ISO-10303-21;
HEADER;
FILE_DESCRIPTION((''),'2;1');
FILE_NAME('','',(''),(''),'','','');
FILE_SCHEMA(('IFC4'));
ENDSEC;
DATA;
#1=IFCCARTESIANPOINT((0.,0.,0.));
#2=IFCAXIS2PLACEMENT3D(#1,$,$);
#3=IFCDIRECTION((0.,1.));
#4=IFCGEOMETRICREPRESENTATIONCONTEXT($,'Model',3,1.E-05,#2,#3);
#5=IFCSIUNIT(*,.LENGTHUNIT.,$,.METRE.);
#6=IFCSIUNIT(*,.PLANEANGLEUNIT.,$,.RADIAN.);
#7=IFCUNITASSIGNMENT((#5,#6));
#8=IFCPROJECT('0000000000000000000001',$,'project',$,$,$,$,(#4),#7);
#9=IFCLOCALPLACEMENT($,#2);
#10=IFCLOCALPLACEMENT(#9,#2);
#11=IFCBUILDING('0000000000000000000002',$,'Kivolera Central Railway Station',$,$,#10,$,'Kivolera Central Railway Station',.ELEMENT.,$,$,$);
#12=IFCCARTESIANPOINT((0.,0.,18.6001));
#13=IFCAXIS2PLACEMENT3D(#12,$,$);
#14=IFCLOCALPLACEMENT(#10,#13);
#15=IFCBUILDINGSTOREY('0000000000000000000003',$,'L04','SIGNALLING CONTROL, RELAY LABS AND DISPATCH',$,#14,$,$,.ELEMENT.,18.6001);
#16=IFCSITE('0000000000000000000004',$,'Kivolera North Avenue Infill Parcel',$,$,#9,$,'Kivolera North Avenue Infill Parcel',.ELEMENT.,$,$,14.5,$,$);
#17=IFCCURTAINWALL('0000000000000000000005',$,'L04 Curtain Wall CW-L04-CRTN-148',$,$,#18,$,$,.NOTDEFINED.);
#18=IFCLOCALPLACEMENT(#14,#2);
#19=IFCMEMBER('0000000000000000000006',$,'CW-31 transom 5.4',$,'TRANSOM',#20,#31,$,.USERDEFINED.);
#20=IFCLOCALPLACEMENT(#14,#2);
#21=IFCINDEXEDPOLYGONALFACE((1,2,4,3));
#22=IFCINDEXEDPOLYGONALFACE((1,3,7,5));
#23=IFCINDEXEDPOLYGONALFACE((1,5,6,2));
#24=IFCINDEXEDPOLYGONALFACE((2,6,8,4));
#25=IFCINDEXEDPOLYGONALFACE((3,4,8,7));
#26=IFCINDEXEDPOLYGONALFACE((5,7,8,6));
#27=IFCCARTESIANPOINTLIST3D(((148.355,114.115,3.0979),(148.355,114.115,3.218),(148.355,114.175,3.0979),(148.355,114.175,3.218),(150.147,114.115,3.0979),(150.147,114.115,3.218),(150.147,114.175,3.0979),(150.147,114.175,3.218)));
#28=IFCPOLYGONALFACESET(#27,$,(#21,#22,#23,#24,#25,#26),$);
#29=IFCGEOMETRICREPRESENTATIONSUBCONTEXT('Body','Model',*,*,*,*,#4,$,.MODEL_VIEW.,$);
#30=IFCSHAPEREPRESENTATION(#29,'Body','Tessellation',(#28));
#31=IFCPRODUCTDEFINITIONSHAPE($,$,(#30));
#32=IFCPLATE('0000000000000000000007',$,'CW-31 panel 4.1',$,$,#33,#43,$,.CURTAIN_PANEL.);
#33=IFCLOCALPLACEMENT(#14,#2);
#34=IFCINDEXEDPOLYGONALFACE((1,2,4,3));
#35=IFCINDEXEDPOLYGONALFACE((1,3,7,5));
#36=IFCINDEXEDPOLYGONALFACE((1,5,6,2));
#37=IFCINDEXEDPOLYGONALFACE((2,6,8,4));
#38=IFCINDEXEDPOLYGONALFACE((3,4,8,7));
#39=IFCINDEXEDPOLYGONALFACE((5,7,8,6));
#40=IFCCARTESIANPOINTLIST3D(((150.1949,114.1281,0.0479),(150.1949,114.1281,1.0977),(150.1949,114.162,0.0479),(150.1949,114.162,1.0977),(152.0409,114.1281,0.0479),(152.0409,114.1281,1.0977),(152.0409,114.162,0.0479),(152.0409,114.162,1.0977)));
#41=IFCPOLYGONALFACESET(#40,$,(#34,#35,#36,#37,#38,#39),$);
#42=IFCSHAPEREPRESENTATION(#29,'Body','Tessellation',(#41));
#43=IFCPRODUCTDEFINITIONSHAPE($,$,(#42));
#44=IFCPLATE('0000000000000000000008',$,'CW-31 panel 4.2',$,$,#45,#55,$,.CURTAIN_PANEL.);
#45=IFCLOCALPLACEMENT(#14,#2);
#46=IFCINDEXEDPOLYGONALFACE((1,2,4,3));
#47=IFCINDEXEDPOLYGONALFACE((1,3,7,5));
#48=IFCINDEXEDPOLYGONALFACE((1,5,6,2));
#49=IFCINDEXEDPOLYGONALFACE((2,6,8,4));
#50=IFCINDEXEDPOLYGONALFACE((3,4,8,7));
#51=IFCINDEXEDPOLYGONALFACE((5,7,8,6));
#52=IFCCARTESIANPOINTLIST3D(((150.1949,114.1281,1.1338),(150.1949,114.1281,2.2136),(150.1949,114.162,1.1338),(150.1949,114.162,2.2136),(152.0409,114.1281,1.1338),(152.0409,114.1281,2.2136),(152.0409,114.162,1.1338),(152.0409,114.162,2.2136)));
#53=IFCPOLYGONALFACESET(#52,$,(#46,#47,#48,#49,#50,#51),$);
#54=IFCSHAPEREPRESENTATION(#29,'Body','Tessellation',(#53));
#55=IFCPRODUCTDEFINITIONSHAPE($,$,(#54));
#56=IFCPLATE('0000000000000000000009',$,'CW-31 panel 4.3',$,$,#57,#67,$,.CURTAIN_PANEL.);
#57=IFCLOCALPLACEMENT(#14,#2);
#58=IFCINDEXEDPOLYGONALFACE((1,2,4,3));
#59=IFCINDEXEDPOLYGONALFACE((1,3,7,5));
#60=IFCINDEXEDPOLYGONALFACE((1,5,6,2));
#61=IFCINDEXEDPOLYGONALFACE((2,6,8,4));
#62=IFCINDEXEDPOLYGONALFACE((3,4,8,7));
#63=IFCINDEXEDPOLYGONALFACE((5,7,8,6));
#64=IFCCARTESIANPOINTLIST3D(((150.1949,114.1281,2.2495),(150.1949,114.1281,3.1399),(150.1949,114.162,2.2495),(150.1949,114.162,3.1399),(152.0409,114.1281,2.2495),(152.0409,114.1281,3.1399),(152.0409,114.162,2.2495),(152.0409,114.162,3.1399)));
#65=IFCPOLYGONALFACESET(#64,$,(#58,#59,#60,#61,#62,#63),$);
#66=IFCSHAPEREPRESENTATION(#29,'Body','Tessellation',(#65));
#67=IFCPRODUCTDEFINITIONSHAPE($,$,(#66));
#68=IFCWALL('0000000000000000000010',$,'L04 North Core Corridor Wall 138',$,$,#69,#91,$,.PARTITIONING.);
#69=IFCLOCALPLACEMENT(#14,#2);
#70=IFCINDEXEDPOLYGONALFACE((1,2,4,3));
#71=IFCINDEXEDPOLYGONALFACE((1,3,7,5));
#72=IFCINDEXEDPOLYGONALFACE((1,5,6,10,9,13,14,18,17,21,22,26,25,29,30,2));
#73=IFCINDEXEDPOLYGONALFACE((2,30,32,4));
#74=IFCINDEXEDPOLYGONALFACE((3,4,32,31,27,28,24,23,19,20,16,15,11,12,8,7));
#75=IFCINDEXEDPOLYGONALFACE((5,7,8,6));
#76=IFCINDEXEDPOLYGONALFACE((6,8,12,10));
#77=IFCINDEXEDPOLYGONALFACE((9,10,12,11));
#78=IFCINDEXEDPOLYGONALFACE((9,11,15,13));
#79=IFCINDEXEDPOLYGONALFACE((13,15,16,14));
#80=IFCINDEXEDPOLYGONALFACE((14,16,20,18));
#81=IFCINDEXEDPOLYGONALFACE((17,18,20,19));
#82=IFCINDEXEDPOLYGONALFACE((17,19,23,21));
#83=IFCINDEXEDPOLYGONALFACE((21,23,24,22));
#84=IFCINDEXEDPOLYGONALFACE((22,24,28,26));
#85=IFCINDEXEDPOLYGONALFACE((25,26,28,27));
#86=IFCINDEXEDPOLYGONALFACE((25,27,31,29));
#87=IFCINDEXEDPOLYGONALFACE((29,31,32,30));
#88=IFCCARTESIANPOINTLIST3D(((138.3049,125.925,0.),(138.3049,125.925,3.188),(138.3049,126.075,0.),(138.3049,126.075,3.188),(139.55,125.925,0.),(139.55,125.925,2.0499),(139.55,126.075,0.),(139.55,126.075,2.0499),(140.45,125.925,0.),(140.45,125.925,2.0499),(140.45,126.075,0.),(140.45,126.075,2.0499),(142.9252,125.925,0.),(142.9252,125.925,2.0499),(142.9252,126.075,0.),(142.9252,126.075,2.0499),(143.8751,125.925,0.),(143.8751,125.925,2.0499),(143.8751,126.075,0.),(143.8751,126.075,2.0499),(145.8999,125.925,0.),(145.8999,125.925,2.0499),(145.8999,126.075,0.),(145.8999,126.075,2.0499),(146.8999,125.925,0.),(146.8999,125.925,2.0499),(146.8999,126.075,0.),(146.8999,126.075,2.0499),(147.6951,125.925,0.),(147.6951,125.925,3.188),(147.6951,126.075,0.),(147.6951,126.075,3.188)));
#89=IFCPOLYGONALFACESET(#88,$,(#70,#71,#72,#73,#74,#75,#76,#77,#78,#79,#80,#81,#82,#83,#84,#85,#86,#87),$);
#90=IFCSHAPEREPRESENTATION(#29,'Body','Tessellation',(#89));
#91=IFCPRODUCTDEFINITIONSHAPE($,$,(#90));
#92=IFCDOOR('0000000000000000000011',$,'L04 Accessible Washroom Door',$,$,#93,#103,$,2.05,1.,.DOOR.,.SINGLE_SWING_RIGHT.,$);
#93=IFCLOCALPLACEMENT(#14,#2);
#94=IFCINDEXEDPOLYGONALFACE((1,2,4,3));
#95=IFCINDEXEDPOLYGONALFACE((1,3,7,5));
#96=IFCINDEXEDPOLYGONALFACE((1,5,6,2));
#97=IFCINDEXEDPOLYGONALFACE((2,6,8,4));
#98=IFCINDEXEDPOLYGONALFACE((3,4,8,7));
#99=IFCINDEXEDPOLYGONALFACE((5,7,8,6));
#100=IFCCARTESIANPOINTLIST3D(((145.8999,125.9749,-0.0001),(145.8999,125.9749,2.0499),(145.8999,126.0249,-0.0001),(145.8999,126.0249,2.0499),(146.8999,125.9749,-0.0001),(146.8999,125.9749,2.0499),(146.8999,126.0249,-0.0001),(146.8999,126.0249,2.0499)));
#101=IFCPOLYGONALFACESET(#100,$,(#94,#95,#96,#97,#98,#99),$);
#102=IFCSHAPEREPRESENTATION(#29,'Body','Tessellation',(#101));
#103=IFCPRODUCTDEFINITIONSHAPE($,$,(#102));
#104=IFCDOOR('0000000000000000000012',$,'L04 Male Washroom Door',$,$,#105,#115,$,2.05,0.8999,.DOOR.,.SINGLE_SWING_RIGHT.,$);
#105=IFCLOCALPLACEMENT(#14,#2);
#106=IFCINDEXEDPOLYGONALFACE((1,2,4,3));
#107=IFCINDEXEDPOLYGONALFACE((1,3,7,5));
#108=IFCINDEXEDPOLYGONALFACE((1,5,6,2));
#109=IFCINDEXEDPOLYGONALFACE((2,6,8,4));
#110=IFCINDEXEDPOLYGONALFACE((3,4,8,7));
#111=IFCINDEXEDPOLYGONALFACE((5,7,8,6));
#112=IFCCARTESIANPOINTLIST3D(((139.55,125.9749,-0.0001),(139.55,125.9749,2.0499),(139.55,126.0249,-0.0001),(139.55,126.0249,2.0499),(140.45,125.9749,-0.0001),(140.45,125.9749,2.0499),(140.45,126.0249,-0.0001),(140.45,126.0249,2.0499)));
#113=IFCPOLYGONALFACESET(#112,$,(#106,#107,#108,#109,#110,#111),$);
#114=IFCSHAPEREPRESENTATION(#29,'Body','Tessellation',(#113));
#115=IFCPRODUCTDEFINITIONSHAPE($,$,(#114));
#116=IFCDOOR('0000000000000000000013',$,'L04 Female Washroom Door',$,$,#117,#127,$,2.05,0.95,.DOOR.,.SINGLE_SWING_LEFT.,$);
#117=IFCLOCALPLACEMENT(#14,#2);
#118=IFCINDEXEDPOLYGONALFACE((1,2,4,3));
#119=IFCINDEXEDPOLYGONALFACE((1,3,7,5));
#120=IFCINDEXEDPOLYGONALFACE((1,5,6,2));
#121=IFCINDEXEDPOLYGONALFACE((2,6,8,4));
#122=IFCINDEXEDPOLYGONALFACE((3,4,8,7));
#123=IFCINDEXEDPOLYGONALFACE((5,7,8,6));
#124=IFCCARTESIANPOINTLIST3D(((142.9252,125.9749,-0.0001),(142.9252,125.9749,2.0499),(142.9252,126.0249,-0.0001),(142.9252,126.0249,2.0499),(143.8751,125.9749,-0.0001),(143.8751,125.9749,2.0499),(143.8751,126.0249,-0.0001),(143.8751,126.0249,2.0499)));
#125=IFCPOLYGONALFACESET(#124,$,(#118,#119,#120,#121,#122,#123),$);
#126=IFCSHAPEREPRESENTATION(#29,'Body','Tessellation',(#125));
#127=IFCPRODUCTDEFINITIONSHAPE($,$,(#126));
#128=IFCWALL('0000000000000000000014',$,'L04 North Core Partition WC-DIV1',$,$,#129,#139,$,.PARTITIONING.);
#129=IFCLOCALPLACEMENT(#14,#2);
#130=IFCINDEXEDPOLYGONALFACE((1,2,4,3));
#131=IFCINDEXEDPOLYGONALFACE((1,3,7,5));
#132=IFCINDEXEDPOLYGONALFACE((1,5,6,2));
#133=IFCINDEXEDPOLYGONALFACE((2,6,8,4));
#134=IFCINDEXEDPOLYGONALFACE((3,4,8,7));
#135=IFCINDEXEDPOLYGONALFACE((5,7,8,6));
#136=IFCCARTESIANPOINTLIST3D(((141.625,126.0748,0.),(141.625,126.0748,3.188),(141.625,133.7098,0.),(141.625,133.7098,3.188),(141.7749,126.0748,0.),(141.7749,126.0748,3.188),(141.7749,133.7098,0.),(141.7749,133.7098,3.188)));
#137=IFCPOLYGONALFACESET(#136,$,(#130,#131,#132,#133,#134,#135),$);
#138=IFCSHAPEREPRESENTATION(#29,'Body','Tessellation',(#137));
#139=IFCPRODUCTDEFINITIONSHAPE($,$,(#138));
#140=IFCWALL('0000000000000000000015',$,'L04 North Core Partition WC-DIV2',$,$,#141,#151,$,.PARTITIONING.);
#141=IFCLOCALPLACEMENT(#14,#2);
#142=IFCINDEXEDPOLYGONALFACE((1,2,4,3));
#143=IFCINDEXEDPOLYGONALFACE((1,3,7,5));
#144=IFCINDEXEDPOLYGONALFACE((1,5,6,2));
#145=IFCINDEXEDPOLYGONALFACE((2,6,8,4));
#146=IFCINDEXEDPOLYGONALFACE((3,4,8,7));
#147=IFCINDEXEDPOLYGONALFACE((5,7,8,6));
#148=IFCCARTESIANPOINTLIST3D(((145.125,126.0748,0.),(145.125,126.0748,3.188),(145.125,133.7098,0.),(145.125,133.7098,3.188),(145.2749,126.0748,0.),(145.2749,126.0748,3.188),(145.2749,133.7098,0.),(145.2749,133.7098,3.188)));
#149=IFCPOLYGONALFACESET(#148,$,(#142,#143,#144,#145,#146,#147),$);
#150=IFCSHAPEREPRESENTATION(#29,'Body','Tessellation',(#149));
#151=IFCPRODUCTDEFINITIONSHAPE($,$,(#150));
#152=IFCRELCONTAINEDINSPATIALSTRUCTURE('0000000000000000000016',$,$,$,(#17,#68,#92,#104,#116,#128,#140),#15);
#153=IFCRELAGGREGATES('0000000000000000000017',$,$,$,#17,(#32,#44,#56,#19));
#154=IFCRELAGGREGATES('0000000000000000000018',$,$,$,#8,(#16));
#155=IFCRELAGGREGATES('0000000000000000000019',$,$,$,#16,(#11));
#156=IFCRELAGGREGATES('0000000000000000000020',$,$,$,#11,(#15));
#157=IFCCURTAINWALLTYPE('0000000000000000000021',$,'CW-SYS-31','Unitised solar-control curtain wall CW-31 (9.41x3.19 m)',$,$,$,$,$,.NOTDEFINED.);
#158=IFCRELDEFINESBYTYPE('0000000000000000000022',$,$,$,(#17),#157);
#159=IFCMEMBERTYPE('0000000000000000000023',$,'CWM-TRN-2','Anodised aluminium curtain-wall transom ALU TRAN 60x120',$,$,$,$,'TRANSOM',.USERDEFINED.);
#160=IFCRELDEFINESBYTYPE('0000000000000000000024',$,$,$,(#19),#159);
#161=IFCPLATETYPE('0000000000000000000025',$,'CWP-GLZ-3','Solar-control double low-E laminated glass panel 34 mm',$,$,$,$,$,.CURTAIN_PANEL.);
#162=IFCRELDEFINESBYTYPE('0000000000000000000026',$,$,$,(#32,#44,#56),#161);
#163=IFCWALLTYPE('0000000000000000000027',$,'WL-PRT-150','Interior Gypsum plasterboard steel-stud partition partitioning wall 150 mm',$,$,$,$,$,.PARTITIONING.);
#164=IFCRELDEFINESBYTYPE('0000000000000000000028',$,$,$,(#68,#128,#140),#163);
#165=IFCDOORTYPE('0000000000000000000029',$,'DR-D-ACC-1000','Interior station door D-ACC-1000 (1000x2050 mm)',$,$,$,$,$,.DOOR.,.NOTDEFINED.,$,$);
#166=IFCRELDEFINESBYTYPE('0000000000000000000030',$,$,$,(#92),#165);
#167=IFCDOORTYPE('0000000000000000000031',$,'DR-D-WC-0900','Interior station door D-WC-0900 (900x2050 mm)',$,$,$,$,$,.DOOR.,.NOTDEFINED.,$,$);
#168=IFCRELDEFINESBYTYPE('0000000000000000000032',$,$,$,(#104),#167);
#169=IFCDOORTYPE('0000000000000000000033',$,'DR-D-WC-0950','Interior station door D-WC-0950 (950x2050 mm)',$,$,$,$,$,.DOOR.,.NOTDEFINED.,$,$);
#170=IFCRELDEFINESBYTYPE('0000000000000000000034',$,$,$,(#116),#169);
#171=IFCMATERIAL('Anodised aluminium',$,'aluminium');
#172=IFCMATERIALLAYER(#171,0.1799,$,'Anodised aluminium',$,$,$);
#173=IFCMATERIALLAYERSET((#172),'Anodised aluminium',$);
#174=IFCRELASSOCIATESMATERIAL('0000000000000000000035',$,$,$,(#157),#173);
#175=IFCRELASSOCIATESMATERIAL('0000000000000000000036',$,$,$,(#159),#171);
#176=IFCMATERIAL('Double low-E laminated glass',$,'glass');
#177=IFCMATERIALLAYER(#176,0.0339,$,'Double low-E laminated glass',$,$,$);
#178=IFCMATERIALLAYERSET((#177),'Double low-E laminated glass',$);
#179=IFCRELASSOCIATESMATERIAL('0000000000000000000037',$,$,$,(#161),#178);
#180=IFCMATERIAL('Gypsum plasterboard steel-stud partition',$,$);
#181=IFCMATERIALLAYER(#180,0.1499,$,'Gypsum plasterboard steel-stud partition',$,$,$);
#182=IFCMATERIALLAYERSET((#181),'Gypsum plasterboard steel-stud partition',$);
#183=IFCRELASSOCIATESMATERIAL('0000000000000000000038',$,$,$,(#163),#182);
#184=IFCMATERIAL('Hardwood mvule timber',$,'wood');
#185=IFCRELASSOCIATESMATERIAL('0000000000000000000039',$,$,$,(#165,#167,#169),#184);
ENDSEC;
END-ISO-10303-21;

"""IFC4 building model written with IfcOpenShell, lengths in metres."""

from ifc_helpers import new_model, si_unit, direction, frame, frame_2d, origin, origin_2d, place, context, subcontext, project, spatial, rectangle, extrude, material, layer, layer_set, material_profile, profile_set, type_object, element, fill, aggregate, save


model = new_model("IFC4")

# Units and contexts
model_context = context("Model", 3, precision=1e-05, world=origin(), true_north=direction((0.0, 1.0)))
body_context = subcontext(model_context, "Body", "Model", "MODEL_VIEW")
ifc_project = project(units=[si_unit("LENGTHUNIT", "METRE"), si_unit("PLANEANGLEUNIT", "RADIAN")], contexts=[model_context])

# Site, building, storey
site_placement = place(None, origin())
site = spatial("IfcSite", under=ifc_project, at=site_placement, Name="Kivolera North Avenue Infill Parcel", LongName="Kivolera North Avenue Infill Parcel", CompositionType="ELEMENT", RefElevation=14.5)
building_placement = place(site_placement, origin())
building = spatial("IfcBuilding", under=site, at=building_placement, Name="Kivolera Central Railway Station", LongName="Kivolera Central Railway Station", CompositionType="ELEMENT")
storey_placement = place(building_placement, frame((0.0, 0.0, 18.6001)))
storey = spatial("IfcBuildingStorey", under=building, at=storey_placement, Name="L04", Description="SIGNALLING CONTROL, RELAY LABS AND DISPATCH", CompositionType="ELEMENT", Elevation=18.6001)

# Curtain wall, member, plates
ifc_material_1 = material(Name="Anodised aluminium", Category="aluminium")
ifc_layer_1 = layer(ifc_material_1, 0.1799, Name="Anodised aluminium")
ifc_layer_set_1 = layer_set([ifc_layer_1], Name="Anodised aluminium")
curtain_wall_type = type_object("IfcCurtainWallType", Name="CW-SYS-31", Description="Unitised solar-control curtain wall CW-31 (9.41x3.19 m)", PredefinedType="NOTDEFINED", material=ifc_layer_set_1)
curtain_wall_placement = place(storey_placement, origin())
curtain_wall = element("IfcCurtainWall", 1, at=curtain_wall_placement, inside=storey, type_object=curtain_wall_type, Name="L04 Curtain Wall CW-L04-CRTN-148", PredefinedType="NOTDEFINED")
ifc_material_profile_1 = material_profile(ifc_material_1, rectangle(XDim=0.0601, YDim=0.1201, at=origin_2d()), Name="ALU TRAN 60x120")
ifc_profile_set_1 = profile_set([ifc_material_profile_1], Name="Anodised aluminium")
member_type_1 = type_object("IfcMemberType", Name="CWM-TRN-2", Description="Anodised aluminium curtain-wall transom ALU TRAN 60x120", ElementType="TRANSOM", PredefinedType="USERDEFINED", material=ifc_profile_set_1)
member_1_placement = place(storey_placement, frame((150.147, 114.145, 3.158), z_axis=(-1.0, 0.0, 0.0), x_axis=(0.0, -1.0, 0.0)))
member_1 = element("IfcMember", 2, at=member_1_placement, type_object=member_type_1, Name="CW-31 transom 5.4", ObjectType="TRANSOM", PredefinedType="USERDEFINED", context=body_context, shape_type="SweptSolid", body=[
    extrude(rectangle(XDim=0.0601, YDim=0.1201, at=origin_2d()), origin(), (0.0, 0.0, 1.0), 1.792),
])
ifc_material_2 = material(Name="Double low-E laminated glass", Category="glass")
ifc_layer_2 = layer(ifc_material_2, 0.0339, Name="Double low-E laminated glass")
ifc_layer_set_2 = layer_set([ifc_layer_2], Name="Double low-E laminated glass")
plate_type = type_object("IfcPlateType", Name="CWP-GLZ-3", Description="Solar-control double low-E laminated glass panel 34 mm", PredefinedType="CURTAIN_PANEL", material=ifc_layer_set_2)
plate_1_placement = place(storey_placement, frame((151.1179, 114.145, 0.0479), z_axis=(0.0, 0.0, 1.0), x_axis=(-1.0, 0.0, 0.0)))
plate_1 = element("IfcPlate", 3, at=plate_1_placement, type_object=plate_type, Name="CW-31 panel 4.1", PredefinedType="CURTAIN_PANEL", context=body_context, shape_type="SweptSolid", body=[
    extrude(rectangle(XDim=1.8459, YDim=0.0339, at=origin_2d()), origin(), (0.0, 0.0, 1.0), 1.0498),
])
plate_2_placement = place(storey_placement, frame((151.1179, 114.145, 1.1338), z_axis=(0.0, 0.0, 1.0), x_axis=(-1.0, 0.0, 0.0)))
plate_2 = element("IfcPlate", 4, at=plate_2_placement, type_object=plate_type, Name="CW-31 panel 4.2", PredefinedType="CURTAIN_PANEL", context=body_context, shape_type="SweptSolid", body=[
    extrude(rectangle(XDim=1.8459, YDim=0.0339, at=origin_2d()), origin(), (0.0, 0.0, 1.0), 1.0798),
])
plate_3_placement = place(storey_placement, frame((151.1179, 114.145, 2.2495), z_axis=(0.0, 0.0, 1.0), x_axis=(-1.0, 0.0, 0.0)))
plate_3 = element("IfcPlate", 5, at=plate_3_placement, type_object=plate_type, Name="CW-31 panel 4.3", PredefinedType="CURTAIN_PANEL", context=body_context, shape_type="SweptSolid", body=[
    extrude(rectangle(XDim=1.8459, YDim=0.0339, at=origin_2d()), origin(), (0.0, 0.0, 1.0), 0.8904),
])
aggregate(curtain_wall, [plate_1, plate_2, plate_3, member_1])

# Shared definitions
ifc_material_3 = material(Name="Hardwood mvule timber", Category="wood")

# Wall, openings, doors
ifc_material_4 = material(Name="Gypsum plasterboard steel-stud partition")
ifc_layer_3 = layer(ifc_material_4, 0.1499, Name="Gypsum plasterboard steel-stud partition")
ifc_layer_set_3 = layer_set([ifc_layer_3], Name="Gypsum plasterboard steel-stud partition")
wall_type_1 = type_object("IfcWallType", Name="WL-PRT-150", Description="Interior Gypsum plasterboard steel-stud partition partitioning wall 150 mm", PredefinedType="PARTITIONING", material=ifc_layer_set_3)
wall_1_placement = place(storey_placement, frame((138.3049, 126.0, 0.0), z_axis=(0.0, 0.0, 1.0), x_axis=(1.0, 0.0, 0.0)))
wall_1 = element("IfcWall", 6, at=wall_1_placement, inside=storey, type_object=wall_type_1, Name="L04 North Core Corridor Wall 138", PredefinedType="PARTITIONING", context=body_context, shape_type="SweptSolid", body=[
    extrude(rectangle(XDim=9.3901, YDim=0.1499, at=frame_2d((4.6951, 0.0))), origin(), (0.0, 0.0, 1.0), 3.188),
])
opening_1_placement = place(wall_1_placement, frame((1.2451, 0.0, 0.0)))
opening_1 = element("IfcOpeningElement", 7, at=opening_1_placement, cuts=wall_1, PredefinedType="OPENING", context=body_context, shape_type="SweptSolid", body=[
    extrude(rectangle(XDim=0.8999, YDim=2.05, at=frame_2d((0.45, 1.0249))), frame((0.0, 0.085, 0.0), z_axis=(0.0, -1.0, 0.0), x_axis=(1.0, 0.0, 0.0)), (0.0, 0.0, 1.0), 0.1699),
])
opening_2_placement = place(wall_1_placement, frame((4.6201, 0.0, 0.0)))
opening_2 = element("IfcOpeningElement", 8, at=opening_2_placement, cuts=wall_1, PredefinedType="OPENING", context=body_context, shape_type="SweptSolid", body=[
    extrude(rectangle(XDim=0.95, YDim=2.05, at=frame_2d((0.4751, 1.0249))), frame((0.0, 0.085, 0.0), z_axis=(0.0, -1.0, 0.0), x_axis=(1.0, 0.0, 0.0)), (0.0, 0.0, 1.0), 0.1699),
])
opening_3_placement = place(wall_1_placement, frame((7.595, 0.0, 0.0)))
opening_3 = element("IfcOpeningElement", 9, at=opening_3_placement, cuts=wall_1, PredefinedType="OPENING", context=body_context, shape_type="SweptSolid", body=[
    extrude(rectangle(XDim=1.0, YDim=2.05, at=frame_2d((0.5, 1.0249))), frame((0.0, 0.085, 0.0), z_axis=(0.0, -1.0, 0.0), x_axis=(1.0, 0.0, 0.0)), (0.0, 0.0, 1.0), 0.1699),
])
door_type_1 = type_object("IfcDoorType", Name="DR-D-ACC-1000", Description="Interior station door D-ACC-1000 (1000x2050 mm)", OperationType="NOTDEFINED", PredefinedType="DOOR", material=ifc_material_3)
door_1_placement = place(opening_3_placement, origin())
door_1 = element("IfcDoor", 10, at=door_1_placement, inside=storey, type_object=door_type_1, Name="L04 Accessible Washroom Door", OperationType="SINGLE_SWING_RIGHT", OverallHeight=2.05, OverallWidth=1.0, PredefinedType="DOOR", context=body_context, shape_type="SweptSolid", body=[
    extrude(rectangle(XDim=1.0, YDim=2.05, at=frame_2d((0.5, 1.0249))), frame((0.0, 0.0249, 0.0), z_axis=(0.0, -1.0, 0.0), x_axis=(1.0, 0.0, 0.0)), (0.0, 0.0, 1.0), 0.05),
])
fill(opening_3, door_1)
door_type_2 = type_object("IfcDoorType", Name="DR-D-WC-0900", Description="Interior station door D-WC-0900 (900x2050 mm)", OperationType="NOTDEFINED", PredefinedType="DOOR", material=ifc_material_3)
door_2_placement = place(opening_1_placement, origin())
door_2 = element("IfcDoor", 11, at=door_2_placement, inside=storey, type_object=door_type_2, Name="L04 Male Washroom Door", OperationType="SINGLE_SWING_RIGHT", OverallHeight=2.05, OverallWidth=0.8999, PredefinedType="DOOR", context=body_context, shape_type="SweptSolid", body=[
    extrude(rectangle(XDim=0.8999, YDim=2.05, at=frame_2d((0.45, 1.0249))), frame((0.0, 0.0249, 0.0), z_axis=(0.0, -1.0, 0.0), x_axis=(1.0, 0.0, 0.0)), (0.0, 0.0, 1.0), 0.05),
])
fill(opening_1, door_2)
door_type_3 = type_object("IfcDoorType", Name="DR-D-WC-0950", Description="Interior station door D-WC-0950 (950x2050 mm)", OperationType="NOTDEFINED", PredefinedType="DOOR", material=ifc_material_3)
door_3_placement = place(opening_2_placement, origin())
door_3 = element("IfcDoor", 12, at=door_3_placement, inside=storey, type_object=door_type_3, Name="L04 Female Washroom Door", OperationType="SINGLE_SWING_LEFT", OverallHeight=2.05, OverallWidth=0.95, PredefinedType="DOOR", context=body_context, shape_type="SweptSolid", body=[
    extrude(rectangle(XDim=0.95, YDim=2.05, at=frame_2d((0.4751, 1.0249))), frame((0.0, 0.0249, 0.0), z_axis=(0.0, -1.0, 0.0), x_axis=(1.0, 0.0, 0.0)), (0.0, 0.0, 1.0), 0.05),
])
fill(opening_2, door_3)

# Walls
for number, where, z_axis, x_axis, name in (
    (13, (141.7, 126.075, 0.0), (0.0, 0.0, 1.0), (0.0, 1.0, 0.0), "L04 North Core Partition WC-DIV1"),
    (14, (145.2, 126.075, 0.0), (0.0, 0.0, 1.0), (0.0, 1.0, 0.0), "L04 North Core Partition WC-DIV2"),
):
    element("IfcWall", number, at=place(storey_placement, frame(where, z_axis=z_axis, x_axis=x_axis)), inside=storey, type_object=wall_type_1, Name=name, PredefinedType="PARTITIONING", context=body_context, shape_type="SweptSolid", body=[
        extrude(rectangle(XDim=7.635, YDim=0.1499, at=frame_2d((3.8174, 0.0))), origin(), (0.0, 0.0, 1.0), 3.188),
    ])

save(model, "model.ifc")
